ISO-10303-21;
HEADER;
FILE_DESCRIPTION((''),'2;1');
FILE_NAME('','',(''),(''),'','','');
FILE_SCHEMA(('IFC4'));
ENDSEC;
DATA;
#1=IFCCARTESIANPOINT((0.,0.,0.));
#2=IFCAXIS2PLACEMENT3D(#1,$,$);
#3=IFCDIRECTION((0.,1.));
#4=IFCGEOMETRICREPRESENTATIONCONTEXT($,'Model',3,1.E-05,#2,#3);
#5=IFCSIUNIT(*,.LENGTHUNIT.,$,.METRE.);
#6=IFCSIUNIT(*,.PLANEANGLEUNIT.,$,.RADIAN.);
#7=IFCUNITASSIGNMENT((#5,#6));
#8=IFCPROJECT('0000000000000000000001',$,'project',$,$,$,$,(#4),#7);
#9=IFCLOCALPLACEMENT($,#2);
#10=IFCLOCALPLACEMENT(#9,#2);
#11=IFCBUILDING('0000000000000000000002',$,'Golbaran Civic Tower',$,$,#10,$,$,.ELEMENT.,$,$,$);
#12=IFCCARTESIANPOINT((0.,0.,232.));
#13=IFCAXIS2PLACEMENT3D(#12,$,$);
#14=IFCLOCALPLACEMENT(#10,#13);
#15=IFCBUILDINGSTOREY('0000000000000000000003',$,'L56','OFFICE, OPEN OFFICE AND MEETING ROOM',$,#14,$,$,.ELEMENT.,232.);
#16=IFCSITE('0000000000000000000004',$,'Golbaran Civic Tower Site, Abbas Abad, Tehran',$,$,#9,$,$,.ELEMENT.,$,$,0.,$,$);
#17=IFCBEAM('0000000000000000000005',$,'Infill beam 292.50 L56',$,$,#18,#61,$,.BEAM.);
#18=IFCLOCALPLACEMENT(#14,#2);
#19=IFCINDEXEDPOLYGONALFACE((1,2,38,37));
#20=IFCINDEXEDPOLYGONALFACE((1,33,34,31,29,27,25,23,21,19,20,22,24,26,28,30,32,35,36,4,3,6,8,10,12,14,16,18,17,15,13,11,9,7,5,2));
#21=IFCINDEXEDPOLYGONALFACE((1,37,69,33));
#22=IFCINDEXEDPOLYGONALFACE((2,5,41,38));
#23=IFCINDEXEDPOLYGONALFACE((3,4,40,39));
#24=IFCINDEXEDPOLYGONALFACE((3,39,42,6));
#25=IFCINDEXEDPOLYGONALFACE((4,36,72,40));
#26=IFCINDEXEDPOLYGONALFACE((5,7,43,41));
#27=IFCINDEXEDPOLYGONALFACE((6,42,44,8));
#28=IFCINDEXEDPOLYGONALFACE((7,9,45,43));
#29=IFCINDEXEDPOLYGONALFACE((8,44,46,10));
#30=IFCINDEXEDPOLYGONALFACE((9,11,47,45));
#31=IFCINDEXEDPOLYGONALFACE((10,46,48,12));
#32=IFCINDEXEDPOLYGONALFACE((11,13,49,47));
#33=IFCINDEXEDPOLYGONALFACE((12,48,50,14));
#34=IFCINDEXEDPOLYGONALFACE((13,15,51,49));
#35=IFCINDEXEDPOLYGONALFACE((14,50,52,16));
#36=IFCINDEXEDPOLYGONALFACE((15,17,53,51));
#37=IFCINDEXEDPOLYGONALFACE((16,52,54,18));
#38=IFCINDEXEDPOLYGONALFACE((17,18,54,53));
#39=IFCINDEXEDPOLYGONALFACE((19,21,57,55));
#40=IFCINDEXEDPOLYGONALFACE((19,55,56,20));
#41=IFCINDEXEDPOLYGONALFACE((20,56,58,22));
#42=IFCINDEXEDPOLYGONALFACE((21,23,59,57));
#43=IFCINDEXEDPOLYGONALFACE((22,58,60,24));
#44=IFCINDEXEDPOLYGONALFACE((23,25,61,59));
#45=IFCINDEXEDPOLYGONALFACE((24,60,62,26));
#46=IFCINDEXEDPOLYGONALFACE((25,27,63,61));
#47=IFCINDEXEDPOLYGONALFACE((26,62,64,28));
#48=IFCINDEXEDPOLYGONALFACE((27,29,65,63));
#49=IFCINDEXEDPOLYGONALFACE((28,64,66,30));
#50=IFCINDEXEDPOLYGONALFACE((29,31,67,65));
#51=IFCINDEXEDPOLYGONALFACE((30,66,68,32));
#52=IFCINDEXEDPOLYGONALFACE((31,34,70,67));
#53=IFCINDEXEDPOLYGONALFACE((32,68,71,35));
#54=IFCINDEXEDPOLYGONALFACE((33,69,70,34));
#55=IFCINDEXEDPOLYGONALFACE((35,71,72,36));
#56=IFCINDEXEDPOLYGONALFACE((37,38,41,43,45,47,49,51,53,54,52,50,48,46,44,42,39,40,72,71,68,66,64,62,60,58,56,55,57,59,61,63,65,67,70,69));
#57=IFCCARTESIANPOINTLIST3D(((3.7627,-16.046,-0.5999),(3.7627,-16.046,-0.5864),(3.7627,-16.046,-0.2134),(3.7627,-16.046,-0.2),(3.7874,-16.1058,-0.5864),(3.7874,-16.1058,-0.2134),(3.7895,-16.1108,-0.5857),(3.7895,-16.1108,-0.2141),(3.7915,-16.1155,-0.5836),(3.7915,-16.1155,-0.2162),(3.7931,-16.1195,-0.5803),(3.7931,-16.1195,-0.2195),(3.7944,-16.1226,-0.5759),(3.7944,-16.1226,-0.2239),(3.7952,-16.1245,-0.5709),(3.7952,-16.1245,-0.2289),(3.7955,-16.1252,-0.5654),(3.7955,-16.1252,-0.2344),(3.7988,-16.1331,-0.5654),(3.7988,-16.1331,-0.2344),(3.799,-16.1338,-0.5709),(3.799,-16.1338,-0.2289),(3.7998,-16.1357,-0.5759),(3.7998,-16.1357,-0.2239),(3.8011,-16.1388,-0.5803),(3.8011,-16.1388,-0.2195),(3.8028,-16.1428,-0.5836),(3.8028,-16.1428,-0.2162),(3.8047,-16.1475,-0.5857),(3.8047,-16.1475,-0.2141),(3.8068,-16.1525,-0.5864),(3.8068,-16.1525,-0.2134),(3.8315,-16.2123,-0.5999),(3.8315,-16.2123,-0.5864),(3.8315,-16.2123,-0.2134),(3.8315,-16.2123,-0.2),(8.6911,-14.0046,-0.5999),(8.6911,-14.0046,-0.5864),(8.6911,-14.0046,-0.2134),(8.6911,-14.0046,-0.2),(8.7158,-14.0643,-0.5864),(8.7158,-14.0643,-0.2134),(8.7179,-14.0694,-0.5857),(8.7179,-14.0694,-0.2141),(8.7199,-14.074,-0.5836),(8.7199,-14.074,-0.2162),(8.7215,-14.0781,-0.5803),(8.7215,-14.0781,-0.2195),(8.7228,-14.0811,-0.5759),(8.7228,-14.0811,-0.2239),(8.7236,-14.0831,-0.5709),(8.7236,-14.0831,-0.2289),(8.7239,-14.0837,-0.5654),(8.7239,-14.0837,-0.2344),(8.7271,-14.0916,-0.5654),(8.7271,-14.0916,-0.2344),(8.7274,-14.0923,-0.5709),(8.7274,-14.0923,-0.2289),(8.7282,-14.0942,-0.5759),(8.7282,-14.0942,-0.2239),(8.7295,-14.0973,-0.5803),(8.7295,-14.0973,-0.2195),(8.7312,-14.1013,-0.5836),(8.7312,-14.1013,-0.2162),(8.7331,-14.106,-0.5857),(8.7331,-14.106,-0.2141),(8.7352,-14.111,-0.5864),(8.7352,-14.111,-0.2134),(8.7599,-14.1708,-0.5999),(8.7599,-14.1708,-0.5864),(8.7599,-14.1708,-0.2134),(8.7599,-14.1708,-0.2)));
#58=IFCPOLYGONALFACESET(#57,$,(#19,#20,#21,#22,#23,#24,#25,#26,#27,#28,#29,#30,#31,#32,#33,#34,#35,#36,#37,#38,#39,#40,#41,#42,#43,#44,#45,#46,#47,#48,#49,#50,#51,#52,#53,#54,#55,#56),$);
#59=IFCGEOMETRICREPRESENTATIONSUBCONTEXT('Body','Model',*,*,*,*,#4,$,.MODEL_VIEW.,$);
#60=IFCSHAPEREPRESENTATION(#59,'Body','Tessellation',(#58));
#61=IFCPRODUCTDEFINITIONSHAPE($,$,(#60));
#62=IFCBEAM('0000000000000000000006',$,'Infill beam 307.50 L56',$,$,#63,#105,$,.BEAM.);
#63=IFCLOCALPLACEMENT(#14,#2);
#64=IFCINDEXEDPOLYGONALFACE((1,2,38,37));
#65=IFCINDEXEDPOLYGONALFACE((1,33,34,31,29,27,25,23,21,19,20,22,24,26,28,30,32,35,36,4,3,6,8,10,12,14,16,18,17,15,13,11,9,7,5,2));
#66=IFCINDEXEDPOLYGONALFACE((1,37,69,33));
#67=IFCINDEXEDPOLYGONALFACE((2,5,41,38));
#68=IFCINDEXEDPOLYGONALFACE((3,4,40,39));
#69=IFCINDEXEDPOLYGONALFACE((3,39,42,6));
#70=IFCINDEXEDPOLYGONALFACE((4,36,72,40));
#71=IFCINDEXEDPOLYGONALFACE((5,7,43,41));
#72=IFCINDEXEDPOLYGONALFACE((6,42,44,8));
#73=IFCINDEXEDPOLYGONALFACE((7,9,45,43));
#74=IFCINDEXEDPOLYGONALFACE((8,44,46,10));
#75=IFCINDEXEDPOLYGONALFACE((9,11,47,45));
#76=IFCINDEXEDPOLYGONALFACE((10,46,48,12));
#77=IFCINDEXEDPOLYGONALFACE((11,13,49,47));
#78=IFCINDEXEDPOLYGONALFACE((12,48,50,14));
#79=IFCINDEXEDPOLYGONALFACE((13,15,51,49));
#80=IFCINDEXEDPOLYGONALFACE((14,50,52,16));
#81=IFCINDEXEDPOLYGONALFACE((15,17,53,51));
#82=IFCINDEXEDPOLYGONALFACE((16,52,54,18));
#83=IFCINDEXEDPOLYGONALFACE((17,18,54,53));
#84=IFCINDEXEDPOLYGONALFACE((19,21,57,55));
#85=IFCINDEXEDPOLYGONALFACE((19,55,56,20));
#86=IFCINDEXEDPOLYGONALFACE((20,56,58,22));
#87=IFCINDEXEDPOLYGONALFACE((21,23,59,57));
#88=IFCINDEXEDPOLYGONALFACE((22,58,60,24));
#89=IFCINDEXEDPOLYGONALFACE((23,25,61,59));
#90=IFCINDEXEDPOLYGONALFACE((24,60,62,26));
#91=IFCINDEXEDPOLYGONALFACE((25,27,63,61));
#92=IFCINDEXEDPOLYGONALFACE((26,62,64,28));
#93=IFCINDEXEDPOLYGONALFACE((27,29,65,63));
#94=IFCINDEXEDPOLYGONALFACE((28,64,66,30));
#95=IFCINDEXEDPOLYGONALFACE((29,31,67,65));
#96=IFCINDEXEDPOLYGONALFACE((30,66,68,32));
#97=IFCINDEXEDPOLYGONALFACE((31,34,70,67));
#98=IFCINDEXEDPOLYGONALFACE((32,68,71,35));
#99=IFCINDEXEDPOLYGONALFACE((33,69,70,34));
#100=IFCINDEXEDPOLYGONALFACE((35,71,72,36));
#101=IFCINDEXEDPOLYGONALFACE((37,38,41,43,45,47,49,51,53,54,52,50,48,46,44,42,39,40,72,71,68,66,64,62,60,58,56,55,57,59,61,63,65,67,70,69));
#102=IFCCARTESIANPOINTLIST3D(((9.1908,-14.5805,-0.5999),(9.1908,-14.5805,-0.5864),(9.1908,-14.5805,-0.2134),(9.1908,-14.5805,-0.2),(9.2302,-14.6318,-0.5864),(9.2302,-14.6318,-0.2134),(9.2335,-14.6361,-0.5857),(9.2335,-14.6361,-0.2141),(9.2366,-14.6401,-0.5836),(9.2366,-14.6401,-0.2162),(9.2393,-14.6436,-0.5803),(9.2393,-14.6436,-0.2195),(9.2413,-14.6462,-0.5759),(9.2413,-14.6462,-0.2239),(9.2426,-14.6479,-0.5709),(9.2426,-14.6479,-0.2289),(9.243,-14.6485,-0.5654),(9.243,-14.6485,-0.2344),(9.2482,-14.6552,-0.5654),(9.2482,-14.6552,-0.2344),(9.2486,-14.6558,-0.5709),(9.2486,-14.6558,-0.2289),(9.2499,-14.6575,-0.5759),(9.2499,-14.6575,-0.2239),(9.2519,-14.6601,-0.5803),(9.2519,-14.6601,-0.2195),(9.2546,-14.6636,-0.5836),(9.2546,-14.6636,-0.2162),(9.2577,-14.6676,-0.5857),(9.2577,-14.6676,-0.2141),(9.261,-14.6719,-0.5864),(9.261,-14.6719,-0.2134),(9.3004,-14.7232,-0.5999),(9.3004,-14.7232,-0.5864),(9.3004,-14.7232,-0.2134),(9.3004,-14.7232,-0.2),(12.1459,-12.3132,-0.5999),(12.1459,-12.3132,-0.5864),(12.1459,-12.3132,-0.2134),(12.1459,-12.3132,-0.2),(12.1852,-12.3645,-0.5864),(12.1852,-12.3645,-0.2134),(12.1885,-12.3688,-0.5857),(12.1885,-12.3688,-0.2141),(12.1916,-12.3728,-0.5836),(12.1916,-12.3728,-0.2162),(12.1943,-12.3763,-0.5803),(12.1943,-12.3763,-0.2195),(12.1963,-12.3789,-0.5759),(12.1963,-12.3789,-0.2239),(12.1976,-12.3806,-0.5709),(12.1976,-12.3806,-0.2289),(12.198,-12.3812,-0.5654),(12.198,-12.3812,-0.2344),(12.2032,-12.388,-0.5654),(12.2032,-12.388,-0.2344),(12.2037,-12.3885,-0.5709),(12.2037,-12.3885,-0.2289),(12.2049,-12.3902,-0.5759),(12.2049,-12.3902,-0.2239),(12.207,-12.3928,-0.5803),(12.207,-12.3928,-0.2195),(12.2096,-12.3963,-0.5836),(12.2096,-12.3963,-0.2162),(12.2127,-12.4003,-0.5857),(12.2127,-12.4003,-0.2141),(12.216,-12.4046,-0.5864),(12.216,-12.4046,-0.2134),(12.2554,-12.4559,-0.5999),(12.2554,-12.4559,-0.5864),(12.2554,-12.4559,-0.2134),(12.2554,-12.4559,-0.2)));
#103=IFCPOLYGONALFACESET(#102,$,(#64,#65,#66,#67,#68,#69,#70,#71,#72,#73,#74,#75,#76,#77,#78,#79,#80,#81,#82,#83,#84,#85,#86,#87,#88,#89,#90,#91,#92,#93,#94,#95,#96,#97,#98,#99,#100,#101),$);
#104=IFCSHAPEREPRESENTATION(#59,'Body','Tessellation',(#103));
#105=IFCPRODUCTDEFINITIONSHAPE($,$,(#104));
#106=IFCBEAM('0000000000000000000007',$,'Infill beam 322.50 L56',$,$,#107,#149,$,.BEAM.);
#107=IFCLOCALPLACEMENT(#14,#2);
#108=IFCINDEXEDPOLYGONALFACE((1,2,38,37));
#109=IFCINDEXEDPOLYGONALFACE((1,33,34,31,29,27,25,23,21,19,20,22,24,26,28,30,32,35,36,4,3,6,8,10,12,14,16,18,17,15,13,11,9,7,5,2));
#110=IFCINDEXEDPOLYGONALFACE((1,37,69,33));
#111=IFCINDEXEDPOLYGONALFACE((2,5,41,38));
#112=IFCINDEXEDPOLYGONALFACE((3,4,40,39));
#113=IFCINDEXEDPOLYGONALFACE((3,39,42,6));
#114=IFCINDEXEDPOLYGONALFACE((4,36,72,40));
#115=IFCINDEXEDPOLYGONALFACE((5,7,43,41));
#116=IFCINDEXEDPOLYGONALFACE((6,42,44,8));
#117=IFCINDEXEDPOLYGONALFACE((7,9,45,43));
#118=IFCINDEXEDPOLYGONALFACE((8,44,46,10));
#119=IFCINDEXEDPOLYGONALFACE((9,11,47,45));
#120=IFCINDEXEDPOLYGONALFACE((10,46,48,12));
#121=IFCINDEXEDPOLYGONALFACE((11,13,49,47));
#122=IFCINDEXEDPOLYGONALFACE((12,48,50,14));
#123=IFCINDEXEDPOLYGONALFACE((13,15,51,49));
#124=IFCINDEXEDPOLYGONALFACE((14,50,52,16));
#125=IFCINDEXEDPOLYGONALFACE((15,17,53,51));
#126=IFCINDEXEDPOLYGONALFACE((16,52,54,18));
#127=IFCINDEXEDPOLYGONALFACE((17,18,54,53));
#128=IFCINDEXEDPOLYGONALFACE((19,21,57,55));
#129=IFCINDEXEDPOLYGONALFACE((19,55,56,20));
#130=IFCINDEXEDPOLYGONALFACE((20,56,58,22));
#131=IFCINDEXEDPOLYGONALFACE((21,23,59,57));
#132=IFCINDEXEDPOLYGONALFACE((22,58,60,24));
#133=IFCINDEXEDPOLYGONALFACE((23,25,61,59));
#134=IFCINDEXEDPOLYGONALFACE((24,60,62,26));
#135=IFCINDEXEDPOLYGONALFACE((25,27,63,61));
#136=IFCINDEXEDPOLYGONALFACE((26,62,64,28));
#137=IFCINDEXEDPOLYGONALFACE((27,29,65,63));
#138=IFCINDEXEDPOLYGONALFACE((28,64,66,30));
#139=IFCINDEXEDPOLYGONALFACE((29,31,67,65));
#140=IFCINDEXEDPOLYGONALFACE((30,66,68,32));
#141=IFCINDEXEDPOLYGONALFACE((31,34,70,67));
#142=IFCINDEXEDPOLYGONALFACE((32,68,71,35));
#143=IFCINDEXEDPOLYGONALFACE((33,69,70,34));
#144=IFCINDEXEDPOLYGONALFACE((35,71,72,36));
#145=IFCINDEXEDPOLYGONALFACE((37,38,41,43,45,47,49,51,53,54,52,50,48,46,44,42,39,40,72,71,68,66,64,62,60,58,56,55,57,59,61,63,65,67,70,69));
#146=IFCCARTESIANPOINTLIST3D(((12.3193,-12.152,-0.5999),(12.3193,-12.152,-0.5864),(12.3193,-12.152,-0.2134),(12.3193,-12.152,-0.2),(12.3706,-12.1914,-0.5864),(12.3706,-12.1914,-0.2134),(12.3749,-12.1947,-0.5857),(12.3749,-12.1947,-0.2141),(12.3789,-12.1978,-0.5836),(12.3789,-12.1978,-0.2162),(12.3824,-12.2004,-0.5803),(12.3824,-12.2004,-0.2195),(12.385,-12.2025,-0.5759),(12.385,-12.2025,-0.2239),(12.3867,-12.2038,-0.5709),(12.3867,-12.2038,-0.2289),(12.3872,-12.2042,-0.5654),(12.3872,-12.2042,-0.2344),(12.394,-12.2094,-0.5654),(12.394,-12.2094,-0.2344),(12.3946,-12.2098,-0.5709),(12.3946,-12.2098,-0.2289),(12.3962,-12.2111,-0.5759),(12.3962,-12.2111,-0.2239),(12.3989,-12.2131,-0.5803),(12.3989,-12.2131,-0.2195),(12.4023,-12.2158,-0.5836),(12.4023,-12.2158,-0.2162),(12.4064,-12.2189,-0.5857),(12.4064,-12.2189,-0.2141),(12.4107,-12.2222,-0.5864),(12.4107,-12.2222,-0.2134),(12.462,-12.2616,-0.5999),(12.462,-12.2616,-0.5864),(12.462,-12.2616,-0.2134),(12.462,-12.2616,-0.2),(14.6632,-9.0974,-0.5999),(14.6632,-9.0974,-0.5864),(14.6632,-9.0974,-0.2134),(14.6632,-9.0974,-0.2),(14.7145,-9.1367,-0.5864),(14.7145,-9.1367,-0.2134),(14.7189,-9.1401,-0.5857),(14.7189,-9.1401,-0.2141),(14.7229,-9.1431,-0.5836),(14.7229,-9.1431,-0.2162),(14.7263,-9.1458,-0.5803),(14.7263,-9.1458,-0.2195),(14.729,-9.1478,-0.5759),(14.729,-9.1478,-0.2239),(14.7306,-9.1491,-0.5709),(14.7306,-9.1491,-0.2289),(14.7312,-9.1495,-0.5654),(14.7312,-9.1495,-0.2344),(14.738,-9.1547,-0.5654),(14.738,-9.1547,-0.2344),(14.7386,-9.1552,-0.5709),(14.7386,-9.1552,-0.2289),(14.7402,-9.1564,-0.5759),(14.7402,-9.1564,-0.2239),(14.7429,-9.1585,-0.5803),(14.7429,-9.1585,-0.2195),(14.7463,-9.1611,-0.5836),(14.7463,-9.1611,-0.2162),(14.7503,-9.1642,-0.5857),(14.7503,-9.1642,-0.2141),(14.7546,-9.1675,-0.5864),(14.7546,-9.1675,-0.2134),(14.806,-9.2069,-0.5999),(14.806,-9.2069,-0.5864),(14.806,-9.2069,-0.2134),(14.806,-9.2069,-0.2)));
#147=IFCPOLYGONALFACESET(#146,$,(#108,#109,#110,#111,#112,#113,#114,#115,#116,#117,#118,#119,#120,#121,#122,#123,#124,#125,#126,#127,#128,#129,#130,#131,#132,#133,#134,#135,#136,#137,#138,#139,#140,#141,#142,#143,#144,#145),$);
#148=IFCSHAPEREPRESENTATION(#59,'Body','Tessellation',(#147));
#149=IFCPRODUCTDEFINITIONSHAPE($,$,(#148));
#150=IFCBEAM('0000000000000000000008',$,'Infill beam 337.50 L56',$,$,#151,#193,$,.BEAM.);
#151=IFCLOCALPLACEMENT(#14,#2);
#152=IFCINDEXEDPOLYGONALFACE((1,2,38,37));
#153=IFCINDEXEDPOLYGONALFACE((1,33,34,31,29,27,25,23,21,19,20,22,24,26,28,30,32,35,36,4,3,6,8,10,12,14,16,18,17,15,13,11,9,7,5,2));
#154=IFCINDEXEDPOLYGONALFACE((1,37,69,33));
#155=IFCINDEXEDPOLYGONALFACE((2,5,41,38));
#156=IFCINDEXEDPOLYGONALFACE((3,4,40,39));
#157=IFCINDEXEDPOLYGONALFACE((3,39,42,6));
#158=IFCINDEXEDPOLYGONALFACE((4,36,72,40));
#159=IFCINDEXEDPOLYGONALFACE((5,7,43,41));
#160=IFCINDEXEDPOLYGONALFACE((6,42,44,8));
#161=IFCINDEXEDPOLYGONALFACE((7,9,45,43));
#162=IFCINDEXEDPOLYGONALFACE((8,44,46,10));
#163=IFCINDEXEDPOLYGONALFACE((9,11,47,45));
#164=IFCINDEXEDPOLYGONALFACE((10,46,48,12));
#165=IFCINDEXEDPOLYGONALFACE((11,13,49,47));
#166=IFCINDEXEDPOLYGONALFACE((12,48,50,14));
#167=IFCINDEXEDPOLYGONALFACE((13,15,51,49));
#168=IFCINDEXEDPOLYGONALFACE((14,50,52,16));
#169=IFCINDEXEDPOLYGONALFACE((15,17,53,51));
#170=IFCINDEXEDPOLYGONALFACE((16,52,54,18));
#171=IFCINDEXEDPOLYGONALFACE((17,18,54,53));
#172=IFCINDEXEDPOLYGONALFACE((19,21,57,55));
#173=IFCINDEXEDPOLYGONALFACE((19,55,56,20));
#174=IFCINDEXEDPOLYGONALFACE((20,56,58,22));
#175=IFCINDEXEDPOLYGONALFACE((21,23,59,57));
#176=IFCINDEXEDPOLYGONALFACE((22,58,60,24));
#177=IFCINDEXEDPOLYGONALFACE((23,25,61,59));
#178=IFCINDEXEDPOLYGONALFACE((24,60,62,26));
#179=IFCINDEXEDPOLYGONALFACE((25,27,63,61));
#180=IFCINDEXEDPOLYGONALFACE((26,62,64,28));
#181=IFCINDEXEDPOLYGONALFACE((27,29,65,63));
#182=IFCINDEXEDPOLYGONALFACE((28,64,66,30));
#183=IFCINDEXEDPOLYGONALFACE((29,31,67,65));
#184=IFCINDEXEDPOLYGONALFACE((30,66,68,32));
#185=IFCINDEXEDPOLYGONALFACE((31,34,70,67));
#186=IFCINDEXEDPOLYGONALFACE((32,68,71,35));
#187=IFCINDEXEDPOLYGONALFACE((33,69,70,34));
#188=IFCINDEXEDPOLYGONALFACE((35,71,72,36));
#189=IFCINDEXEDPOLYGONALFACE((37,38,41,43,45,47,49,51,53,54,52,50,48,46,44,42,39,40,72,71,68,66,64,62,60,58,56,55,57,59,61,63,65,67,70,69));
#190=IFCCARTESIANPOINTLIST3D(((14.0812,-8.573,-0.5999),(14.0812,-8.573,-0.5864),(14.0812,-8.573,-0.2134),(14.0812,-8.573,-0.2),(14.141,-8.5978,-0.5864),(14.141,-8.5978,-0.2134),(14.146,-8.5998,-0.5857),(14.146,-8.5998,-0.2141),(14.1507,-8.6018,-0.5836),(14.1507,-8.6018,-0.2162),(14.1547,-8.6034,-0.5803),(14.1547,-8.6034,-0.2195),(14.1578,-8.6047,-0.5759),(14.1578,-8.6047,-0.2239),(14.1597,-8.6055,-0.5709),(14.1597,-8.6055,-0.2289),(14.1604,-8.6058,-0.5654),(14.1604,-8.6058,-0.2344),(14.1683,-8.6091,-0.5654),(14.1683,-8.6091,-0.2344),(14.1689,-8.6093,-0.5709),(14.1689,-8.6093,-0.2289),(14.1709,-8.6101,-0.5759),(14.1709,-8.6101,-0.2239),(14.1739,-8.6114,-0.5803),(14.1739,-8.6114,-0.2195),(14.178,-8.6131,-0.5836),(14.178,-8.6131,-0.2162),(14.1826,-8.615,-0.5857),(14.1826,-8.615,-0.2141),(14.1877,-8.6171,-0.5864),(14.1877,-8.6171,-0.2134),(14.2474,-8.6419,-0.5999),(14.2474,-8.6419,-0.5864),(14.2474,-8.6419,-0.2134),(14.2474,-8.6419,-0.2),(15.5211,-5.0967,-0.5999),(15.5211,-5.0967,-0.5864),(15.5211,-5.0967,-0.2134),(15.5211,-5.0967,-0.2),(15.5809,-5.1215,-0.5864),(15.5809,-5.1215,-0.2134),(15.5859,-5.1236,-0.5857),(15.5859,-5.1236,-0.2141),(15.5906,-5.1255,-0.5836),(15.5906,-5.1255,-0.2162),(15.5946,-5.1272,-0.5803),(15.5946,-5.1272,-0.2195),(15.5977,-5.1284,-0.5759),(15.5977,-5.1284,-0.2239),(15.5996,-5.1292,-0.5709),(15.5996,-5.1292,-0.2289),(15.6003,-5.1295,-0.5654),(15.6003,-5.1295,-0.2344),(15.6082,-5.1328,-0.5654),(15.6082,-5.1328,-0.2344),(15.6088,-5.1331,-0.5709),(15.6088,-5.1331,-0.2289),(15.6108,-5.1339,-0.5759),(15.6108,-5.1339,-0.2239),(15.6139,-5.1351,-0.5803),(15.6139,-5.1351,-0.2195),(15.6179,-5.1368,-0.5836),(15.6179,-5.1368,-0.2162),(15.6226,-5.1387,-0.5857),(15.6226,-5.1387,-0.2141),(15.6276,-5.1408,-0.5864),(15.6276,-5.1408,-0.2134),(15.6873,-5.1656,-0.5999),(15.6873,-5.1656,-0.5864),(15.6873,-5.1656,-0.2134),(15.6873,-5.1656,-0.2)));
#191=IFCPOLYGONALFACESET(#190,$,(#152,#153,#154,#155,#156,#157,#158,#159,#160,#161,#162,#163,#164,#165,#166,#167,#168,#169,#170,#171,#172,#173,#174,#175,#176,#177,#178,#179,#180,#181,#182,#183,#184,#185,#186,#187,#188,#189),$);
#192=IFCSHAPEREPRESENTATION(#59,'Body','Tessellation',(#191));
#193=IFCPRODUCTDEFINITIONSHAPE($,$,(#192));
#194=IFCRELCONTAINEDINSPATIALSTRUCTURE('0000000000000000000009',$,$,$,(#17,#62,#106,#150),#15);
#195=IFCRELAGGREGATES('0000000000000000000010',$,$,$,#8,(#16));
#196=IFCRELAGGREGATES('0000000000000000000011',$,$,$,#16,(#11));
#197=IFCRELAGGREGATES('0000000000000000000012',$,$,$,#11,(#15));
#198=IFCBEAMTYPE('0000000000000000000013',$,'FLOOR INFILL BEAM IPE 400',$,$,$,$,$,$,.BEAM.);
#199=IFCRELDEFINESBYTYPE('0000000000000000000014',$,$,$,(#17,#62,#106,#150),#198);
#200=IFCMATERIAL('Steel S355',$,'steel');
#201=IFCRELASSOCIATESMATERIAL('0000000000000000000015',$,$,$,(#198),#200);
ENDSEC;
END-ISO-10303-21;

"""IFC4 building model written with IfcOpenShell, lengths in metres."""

from ifc_helpers import new_model, si_unit, direction, frame, origin, origin_2d, place, context, subcontext, project, spatial, i_section, extrude, material, material_profile, profile_set, type_object, element, save


model = new_model("IFC4")

# Units and contexts
model_context = context("Model", 3, precision=1e-05, world=origin(), true_north=direction((0.0, 1.0)))
body_context = subcontext(model_context, "Body", "Model", "MODEL_VIEW")
ifc_project = project(units=[si_unit("LENGTHUNIT", "METRE"), si_unit("PLANEANGLEUNIT", "RADIAN")], contexts=[model_context])

# Site, building, storey
site_placement = place(None, origin())
site = spatial("IfcSite", under=ifc_project, at=site_placement, Name="Golbaran Civic Tower Site, Abbas Abad, Tehran", CompositionType="ELEMENT", RefElevation=0.0)
building_placement = place(site_placement, origin())
building = spatial("IfcBuilding", under=site, at=building_placement, Name="Golbaran Civic Tower", CompositionType="ELEMENT")
storey_placement = place(building_placement, frame((0.0, 0.0, 232.0)))
storey = spatial("IfcBuildingStorey", under=building, at=storey_placement, Name="L56", Description="OFFICE, OPEN OFFICE AND MEETING ROOM", CompositionType="ELEMENT", Elevation=232.0)

# Beams
ifc_material_1 = material(Name="Steel S355", Category="steel")
ifc_material_profile_1 = material_profile(ifc_material_1, i_section(OverallWidth=0.1799, OverallDepth=0.3999, WebThickness=0.0085, FlangeThickness=0.0134, FilletRadius=0.021, at=origin_2d()), Name="IPE 400")
ifc_profile_set_1 = profile_set([ifc_material_profile_1], Name="Steel S355")
beam_type_1 = type_object("IfcBeamType", Name="FLOOR INFILL BEAM IPE 400", PredefinedType="BEAM", material=ifc_profile_set_1)
beam_1_placement = place(storey_placement, frame((3.7971, -16.1292, -0.3999), z_axis=(0.923875, 0.382694, 0.0), x_axis=(-0.382694, 0.923875, 0.0)))
element("IfcBeam", 1, at=beam_1_placement, inside=storey, type_object=beam_type_1, Name="Infill beam 292.50 L56", PredefinedType="BEAM", context=body_context, shape_type="SweptSolid", body=[
    extrude(i_section(OverallWidth=0.1799, OverallDepth=0.3999, WebThickness=0.0085, FlangeThickness=0.0134, FilletRadius=0.021, at=origin_2d()), origin(), (0.0, 0.0, 1.0), 5.3345),
])
beam_2_placement = place(storey_placement, frame((9.2456, -14.6519, -0.3999), z_axis=(0.793376, 0.608731, 0.0), x_axis=(-0.608731, 0.793376, 0.0)))
element("IfcBeam", 2, at=beam_2_placement, inside=storey, type_object=beam_type_1, Name="Infill beam 307.50 L56", PredefinedType="BEAM", context=body_context, shape_type="SweptSolid", body=[
    extrude(i_section(OverallWidth=0.1799, OverallDepth=0.3999, WebThickness=0.0085, FlangeThickness=0.0134, FilletRadius=0.021, at=origin_2d()), origin(), (0.0, 0.0, 1.0), 3.7246),
])
beam_3_placement = place(storey_placement, frame((12.3906, -12.2068, -0.3999), z_axis=(0.60877, 0.793347, 0.0), x_axis=(-0.793347, 0.60877, 0.0)))
element("IfcBeam", 3, at=beam_3_placement, inside=storey, type_object=beam_type_1, Name="Infill beam 322.50 L56", PredefinedType="BEAM", context=body_context, shape_type="SweptSolid", body=[
    extrude(i_section(OverallWidth=0.1799, OverallDepth=0.3999, WebThickness=0.0085, FlangeThickness=0.0134, FilletRadius=0.021, at=origin_2d()), origin(), (0.0, 0.0, 1.0), 3.8503),
])
beam_4_placement = place(storey_placement, frame((14.1643, -8.6074, -0.3999), z_axis=(0.382684, 0.923879, 0.0), x_axis=(-0.923879, 0.382684, 0.0)))
element("IfcBeam", 4, at=beam_4_placement, inside=storey, type_object=beam_type_1, Name="Infill beam 337.50 L56", PredefinedType="BEAM", context=body_context, shape_type="SweptSolid", body=[
    extrude(i_section(OverallWidth=0.1799, OverallDepth=0.3999, WebThickness=0.0085, FlangeThickness=0.0134, FilletRadius=0.021, at=origin_2d()), origin(), (0.0, 0.0, 1.0), 3.7627),
])

save(model, "model.ifc")
